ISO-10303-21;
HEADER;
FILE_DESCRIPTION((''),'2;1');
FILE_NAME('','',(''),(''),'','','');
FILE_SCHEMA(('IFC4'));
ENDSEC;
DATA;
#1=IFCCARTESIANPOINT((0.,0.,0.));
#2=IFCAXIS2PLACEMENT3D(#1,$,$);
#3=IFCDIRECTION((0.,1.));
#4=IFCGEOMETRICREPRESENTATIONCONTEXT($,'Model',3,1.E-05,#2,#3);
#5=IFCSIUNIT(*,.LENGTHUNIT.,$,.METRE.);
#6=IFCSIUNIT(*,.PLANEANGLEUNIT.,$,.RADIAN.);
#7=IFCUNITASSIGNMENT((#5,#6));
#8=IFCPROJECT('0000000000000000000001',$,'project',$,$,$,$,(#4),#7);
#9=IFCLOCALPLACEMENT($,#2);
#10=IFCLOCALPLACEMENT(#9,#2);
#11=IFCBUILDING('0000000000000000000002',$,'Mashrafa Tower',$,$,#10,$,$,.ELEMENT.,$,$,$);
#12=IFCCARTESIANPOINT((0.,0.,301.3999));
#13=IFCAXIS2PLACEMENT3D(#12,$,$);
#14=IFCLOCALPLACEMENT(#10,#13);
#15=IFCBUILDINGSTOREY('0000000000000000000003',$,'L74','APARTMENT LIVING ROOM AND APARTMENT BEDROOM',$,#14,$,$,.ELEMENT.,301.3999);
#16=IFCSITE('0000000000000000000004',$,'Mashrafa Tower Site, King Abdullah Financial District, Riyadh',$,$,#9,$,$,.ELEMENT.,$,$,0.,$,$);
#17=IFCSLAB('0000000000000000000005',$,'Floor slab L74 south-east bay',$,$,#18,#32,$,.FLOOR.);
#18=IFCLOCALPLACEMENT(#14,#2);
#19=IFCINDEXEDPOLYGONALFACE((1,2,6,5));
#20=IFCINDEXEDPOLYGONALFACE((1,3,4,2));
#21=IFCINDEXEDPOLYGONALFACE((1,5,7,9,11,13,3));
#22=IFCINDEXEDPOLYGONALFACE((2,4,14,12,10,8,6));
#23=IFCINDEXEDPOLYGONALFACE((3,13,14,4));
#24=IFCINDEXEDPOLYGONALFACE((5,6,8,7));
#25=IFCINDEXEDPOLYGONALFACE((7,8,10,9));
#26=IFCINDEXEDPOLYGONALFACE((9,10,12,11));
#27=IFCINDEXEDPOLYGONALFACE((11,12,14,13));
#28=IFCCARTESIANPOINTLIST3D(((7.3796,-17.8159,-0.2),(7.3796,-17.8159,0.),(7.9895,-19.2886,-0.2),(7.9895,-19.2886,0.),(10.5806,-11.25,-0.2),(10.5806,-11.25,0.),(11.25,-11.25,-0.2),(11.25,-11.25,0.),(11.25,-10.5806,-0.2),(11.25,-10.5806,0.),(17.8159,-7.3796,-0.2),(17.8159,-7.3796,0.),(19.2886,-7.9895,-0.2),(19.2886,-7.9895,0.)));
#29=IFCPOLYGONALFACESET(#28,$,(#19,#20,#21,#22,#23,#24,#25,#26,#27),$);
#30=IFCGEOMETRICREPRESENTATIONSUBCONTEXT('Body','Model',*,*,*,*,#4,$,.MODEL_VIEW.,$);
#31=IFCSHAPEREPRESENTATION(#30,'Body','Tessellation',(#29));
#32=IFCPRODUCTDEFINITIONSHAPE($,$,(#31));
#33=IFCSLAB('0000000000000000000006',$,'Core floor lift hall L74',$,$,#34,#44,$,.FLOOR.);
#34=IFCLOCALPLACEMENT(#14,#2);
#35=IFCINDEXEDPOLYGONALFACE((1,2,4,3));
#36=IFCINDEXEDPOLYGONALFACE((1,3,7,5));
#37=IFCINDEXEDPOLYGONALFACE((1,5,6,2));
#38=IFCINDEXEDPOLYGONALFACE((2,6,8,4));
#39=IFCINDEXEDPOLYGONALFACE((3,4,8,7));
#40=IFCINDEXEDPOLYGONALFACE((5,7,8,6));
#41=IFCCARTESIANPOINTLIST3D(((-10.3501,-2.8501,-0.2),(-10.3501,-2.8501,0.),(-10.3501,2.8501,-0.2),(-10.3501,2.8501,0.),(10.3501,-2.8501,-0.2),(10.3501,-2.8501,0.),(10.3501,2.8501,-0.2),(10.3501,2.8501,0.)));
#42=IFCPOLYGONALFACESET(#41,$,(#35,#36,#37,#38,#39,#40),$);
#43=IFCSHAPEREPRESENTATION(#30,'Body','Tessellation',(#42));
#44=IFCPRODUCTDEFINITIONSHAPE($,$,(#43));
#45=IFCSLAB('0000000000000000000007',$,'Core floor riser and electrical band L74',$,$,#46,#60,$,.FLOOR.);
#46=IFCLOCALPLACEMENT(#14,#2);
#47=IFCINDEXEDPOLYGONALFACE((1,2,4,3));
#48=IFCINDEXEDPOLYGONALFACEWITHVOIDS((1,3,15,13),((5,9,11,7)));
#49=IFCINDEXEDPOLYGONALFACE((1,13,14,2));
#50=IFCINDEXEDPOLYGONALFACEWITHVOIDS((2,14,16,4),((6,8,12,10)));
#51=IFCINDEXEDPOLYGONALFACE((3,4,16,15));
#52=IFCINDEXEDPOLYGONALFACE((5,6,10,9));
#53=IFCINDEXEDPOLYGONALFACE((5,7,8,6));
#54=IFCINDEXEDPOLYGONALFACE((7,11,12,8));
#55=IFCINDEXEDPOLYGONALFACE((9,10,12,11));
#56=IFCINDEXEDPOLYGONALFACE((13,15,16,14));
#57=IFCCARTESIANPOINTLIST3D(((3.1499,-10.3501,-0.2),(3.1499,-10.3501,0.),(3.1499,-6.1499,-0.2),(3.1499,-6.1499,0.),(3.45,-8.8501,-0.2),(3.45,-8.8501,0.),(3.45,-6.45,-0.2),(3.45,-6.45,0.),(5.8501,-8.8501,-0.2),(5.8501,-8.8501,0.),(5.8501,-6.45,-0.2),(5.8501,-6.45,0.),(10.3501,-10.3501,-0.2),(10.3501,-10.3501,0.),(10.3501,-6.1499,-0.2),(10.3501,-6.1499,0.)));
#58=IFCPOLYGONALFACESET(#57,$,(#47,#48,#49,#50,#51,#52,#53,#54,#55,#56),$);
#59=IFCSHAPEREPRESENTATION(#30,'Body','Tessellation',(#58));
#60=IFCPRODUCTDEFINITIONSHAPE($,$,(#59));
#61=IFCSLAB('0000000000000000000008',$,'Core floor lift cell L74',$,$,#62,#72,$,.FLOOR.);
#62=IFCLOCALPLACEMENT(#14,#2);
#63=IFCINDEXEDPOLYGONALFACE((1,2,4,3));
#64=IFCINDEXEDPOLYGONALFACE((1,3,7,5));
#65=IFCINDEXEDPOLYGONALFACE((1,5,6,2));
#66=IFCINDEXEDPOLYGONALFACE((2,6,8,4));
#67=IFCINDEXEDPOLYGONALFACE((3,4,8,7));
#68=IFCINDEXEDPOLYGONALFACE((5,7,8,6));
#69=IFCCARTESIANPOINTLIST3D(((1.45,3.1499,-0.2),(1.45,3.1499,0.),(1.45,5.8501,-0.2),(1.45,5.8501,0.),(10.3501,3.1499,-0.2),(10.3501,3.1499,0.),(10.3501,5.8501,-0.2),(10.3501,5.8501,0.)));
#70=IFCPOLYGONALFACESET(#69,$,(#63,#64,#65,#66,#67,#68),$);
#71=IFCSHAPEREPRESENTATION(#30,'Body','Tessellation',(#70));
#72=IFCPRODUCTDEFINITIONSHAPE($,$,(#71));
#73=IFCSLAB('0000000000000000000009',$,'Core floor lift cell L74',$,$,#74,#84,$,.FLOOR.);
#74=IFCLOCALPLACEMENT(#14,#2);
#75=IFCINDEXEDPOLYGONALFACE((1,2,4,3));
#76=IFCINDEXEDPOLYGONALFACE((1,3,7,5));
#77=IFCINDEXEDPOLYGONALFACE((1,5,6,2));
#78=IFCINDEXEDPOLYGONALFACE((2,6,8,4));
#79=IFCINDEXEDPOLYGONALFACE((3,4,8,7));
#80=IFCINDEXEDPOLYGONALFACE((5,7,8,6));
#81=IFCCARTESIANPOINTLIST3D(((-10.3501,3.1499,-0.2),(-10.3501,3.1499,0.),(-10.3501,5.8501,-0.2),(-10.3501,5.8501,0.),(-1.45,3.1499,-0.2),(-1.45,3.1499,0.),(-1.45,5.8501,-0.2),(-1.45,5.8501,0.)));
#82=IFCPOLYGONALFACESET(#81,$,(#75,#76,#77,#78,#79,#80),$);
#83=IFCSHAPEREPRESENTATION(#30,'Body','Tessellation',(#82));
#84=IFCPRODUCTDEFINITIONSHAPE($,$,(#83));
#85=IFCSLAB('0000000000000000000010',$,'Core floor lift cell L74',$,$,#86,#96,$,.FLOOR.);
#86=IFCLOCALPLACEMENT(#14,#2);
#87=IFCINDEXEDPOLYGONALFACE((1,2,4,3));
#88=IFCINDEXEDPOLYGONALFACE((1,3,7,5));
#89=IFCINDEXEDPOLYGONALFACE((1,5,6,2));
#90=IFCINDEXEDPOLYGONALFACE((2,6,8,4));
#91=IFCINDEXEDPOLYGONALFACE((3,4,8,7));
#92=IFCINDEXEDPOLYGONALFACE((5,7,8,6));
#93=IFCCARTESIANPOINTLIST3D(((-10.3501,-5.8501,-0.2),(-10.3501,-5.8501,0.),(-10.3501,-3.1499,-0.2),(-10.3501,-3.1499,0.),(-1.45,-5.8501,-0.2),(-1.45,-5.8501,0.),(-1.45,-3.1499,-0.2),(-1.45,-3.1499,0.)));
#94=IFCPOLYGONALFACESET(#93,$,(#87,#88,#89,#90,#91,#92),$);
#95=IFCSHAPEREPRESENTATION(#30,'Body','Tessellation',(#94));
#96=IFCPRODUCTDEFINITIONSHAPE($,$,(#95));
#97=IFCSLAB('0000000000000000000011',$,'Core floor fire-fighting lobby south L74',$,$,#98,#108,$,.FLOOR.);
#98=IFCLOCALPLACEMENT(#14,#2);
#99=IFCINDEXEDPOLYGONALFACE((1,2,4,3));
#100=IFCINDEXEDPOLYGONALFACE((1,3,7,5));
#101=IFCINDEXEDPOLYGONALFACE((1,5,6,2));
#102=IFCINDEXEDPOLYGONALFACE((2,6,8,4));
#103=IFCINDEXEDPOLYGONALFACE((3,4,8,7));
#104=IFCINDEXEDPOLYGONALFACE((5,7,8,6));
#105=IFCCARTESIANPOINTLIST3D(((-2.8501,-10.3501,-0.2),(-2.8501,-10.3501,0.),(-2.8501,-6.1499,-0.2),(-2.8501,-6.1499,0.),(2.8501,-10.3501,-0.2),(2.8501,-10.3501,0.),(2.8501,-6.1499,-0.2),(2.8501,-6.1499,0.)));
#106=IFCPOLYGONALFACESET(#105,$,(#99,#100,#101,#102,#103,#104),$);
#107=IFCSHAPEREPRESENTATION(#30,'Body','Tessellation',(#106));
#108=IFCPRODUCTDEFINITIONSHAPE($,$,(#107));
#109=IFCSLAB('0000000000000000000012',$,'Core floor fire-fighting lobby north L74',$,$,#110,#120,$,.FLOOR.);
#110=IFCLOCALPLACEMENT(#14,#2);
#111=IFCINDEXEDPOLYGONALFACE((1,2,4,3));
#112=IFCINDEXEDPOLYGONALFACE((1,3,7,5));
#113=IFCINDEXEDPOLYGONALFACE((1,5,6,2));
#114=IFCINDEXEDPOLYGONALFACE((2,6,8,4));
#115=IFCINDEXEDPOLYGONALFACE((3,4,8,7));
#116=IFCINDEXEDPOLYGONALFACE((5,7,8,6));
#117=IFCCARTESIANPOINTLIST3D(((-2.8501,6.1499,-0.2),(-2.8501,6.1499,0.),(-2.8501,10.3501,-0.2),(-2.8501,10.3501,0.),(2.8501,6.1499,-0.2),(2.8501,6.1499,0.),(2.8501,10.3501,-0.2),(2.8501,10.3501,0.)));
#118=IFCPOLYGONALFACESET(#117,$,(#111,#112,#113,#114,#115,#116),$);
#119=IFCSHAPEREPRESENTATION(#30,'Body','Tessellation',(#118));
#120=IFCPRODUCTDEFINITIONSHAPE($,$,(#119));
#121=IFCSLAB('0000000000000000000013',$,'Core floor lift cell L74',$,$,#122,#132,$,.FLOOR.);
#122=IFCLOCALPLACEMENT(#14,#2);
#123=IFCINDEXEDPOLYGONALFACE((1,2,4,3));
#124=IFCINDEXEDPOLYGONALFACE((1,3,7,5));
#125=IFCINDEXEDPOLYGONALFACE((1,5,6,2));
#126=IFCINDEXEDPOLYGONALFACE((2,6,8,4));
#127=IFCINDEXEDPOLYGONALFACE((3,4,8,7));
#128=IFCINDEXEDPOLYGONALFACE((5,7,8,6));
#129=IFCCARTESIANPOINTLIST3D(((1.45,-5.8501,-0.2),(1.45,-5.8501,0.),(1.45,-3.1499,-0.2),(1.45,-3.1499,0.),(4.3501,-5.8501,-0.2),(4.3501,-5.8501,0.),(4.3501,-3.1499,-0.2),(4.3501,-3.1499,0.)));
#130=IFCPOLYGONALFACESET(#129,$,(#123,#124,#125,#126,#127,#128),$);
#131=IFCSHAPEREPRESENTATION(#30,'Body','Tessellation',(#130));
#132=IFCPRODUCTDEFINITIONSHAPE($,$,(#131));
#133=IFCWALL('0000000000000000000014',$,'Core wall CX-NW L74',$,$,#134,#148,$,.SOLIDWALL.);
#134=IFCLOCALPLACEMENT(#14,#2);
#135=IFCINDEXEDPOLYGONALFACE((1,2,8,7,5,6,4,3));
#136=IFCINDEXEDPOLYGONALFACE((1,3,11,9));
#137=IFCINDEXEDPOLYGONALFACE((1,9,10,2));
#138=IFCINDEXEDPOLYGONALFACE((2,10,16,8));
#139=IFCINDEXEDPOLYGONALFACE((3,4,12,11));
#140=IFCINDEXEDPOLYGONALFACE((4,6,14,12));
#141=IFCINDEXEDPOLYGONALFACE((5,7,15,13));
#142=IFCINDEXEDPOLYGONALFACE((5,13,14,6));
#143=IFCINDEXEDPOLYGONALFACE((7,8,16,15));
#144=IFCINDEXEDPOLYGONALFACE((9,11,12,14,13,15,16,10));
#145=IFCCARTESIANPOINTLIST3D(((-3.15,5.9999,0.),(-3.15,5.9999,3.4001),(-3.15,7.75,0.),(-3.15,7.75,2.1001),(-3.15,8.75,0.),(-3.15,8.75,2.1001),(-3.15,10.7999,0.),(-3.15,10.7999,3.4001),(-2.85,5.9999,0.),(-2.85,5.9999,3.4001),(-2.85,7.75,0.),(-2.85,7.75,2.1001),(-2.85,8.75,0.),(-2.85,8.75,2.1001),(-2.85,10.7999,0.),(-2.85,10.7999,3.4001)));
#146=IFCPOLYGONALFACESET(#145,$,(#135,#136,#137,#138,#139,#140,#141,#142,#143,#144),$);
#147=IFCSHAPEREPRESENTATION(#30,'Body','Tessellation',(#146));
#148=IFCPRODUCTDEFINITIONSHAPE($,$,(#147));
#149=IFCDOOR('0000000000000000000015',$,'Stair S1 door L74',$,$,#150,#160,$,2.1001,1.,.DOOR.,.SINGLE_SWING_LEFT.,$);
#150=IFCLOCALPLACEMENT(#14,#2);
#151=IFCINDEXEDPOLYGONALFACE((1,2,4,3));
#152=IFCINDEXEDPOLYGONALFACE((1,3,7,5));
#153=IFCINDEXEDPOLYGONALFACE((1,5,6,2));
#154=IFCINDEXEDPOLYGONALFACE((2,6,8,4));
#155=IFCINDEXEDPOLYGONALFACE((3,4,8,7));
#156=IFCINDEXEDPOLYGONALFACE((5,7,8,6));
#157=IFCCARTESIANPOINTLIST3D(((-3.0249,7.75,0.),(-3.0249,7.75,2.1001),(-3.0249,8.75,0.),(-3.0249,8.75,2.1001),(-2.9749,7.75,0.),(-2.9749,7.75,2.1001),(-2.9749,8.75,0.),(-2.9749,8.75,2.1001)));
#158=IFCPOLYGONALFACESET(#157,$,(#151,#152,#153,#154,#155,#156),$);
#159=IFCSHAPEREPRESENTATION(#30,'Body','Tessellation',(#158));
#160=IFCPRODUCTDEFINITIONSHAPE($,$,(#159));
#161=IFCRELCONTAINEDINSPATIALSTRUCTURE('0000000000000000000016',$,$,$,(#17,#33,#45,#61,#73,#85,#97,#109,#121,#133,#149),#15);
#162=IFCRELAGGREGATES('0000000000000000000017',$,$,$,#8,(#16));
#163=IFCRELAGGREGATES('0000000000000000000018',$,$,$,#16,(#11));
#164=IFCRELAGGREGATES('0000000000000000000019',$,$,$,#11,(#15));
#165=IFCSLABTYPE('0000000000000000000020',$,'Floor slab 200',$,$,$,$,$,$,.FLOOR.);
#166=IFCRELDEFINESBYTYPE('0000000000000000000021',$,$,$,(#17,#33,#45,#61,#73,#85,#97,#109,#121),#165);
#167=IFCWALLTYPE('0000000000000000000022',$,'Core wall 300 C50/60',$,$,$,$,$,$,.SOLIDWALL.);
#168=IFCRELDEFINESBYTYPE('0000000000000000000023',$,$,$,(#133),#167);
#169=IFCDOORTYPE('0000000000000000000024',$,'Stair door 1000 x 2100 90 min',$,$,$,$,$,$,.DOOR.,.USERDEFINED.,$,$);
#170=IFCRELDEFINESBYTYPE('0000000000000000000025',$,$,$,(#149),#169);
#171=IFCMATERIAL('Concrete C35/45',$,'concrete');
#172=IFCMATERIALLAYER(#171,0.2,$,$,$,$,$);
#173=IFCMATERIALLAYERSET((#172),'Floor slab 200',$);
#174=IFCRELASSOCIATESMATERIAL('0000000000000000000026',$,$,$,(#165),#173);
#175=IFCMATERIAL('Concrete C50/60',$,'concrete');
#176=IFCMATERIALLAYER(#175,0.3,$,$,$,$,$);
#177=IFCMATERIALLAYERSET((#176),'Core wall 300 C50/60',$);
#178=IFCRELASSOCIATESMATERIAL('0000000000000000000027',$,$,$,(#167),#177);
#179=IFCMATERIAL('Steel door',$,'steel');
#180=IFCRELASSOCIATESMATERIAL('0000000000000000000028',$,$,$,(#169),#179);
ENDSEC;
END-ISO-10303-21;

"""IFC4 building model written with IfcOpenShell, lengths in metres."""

from ifc_helpers import new_model, si_unit, direction, frame, frame_2d, origin, place, context, subcontext, project, spatial, polyline, rectangle, outline, extrude, material, layer, layer_set, type_object, element, fill, save


model = new_model("IFC4")

# Units and contexts
model_context = context("Model", 3, precision=1e-05, world=origin(), true_north=direction((0.0, 1.0)))
body_context = subcontext(model_context, "Body", "Model", "MODEL_VIEW")
ifc_project = project(units=[si_unit("LENGTHUNIT", "METRE"), si_unit("PLANEANGLEUNIT", "RADIAN")], contexts=[model_context])

# Site, building, storey
site_placement = place(None, origin())
site = spatial("IfcSite", under=ifc_project, at=site_placement, Name="Mashrafa Tower Site, King Abdullah Financial District, Riyadh", CompositionType="ELEMENT", RefElevation=0.0)
building_placement = place(site_placement, origin())
building = spatial("IfcBuilding", under=site, at=building_placement, Name="Mashrafa Tower", CompositionType="ELEMENT")
storey_placement = place(building_placement, frame((0.0, 0.0, 301.3999)))
storey = spatial("IfcBuildingStorey", under=building, at=storey_placement, Name="L74", Description="APARTMENT LIVING ROOM AND APARTMENT BEDROOM", CompositionType="ELEMENT", Elevation=301.3999)

# Slabs
ifc_material_1 = material(Name="Concrete C35/45", Category="concrete")
ifc_layer_1 = layer(ifc_material_1, 0.2)
ifc_layer_set_1 = layer_set([ifc_layer_1], Name="Floor slab 200")
slab_type = type_object("IfcSlabType", Name="Floor slab 200", PredefinedType="FLOOR", material=ifc_layer_set_1)
slab_1_placement = place(storey_placement, frame((0.0, 0.0, -0.2)))
element("IfcSlab", 1, at=slab_1_placement, inside=storey, type_object=slab_type, Name="Floor slab L74 south-east bay", PredefinedType="FLOOR", context=body_context, shape_type="SweptSolid", body=[
    extrude(outline(polyline([(7.9895, -19.2886), (7.3796, -17.8159), (10.5806, -11.25), (11.25, -11.25), (11.25, -10.5806), (17.8159, -7.3796), (19.2886, -7.9895), (19.2886, -7.9895), (7.9895, -19.2886), (7.9895, -19.2886)])), origin(), (0.0, 0.0, 1.0), 0.2),
])
slab_2_placement = place(storey_placement, frame((0.0, 0.0, -0.2)))
element("IfcSlab", 2, at=slab_2_placement, inside=storey, type_object=slab_type, Name="Core floor lift hall L74", PredefinedType="FLOOR", context=body_context, shape_type="SweptSolid", body=[
    extrude(outline(polyline([(-10.3501, 2.8501), (10.3501, 2.8501), (10.3501, -2.8501), (-10.3501, -2.8501), (-10.3501, 2.8501)])), origin(), (0.0, 0.0, 1.0), 0.2),
])
slab_3_placement = place(storey_placement, frame((0.0, 0.0, -0.2)))
element("IfcSlab", 3, at=slab_3_placement, inside=storey, type_object=slab_type, Name="Core floor riser and electrical band L74", PredefinedType="FLOOR", context=body_context, shape_type="SweptSolid", body=[
    extrude(outline(polyline([(10.3501, -6.1499), (10.3501, -10.3501), (3.1499, -10.3501), (3.1499, -6.1499), (10.3501, -6.1499)]), holes=[polyline([(3.45, -8.8501), (5.8501, -8.8501), (5.8501, -6.45), (3.45, -6.45), (3.45, -8.8501)])]), origin(), (0.0, 0.0, 1.0), 0.2),
])
slab_4_placement = place(storey_placement, frame((0.0, 0.0, -0.2)))
element("IfcSlab", 4, at=slab_4_placement, inside=storey, type_object=slab_type, Name="Core floor lift cell L74", PredefinedType="FLOOR", context=body_context, shape_type="SweptSolid", body=[
    extrude(outline(polyline([(10.3501, 5.8501), (10.3501, 3.1499), (1.45, 3.1499), (1.45, 5.8501), (10.3501, 5.8501)])), origin(), (0.0, 0.0, 1.0), 0.2),
])
slab_5_placement = place(storey_placement, frame((0.0, 0.0, -0.2)))
element("IfcSlab", 5, at=slab_5_placement, inside=storey, type_object=slab_type, Name="Core floor lift cell L74", PredefinedType="FLOOR", context=body_context, shape_type="SweptSolid", body=[
    extrude(outline(polyline([(-1.45, 3.1499), (-10.3501, 3.1499), (-10.3501, 5.8501), (-1.45, 5.8501), (-1.45, 3.1499)])), origin(), (0.0, 0.0, 1.0), 0.2),
])
slab_6_placement = place(storey_placement, frame((0.0, 0.0, -0.2)))
element("IfcSlab", 6, at=slab_6_placement, inside=storey, type_object=slab_type, Name="Core floor lift cell L74", PredefinedType="FLOOR", context=body_context, shape_type="SweptSolid", body=[
    extrude(outline(polyline([(-1.45, -3.1499), (-1.45, -5.8501), (-10.3501, -5.8501), (-10.3501, -3.1499), (-1.45, -3.1499)])), origin(), (0.0, 0.0, 1.0), 0.2),
])
slab_7_placement = place(storey_placement, frame((0.0, 0.0, -0.2)))
element("IfcSlab", 7, at=slab_7_placement, inside=storey, type_object=slab_type, Name="Core floor fire-fighting lobby south L74", PredefinedType="FLOOR", context=body_context, shape_type="SweptSolid", body=[
    extrude(outline(polyline([(2.8501, -6.1499), (2.8501, -10.3501), (-2.8501, -10.3501), (-2.8501, -6.1499), (2.8501, -6.1499)])), origin(), (0.0, 0.0, 1.0), 0.2),
])
slab_8_placement = place(storey_placement, frame((0.0, 0.0, -0.2)))
element("IfcSlab", 8, at=slab_8_placement, inside=storey, type_object=slab_type, Name="Core floor fire-fighting lobby north L74", PredefinedType="FLOOR", context=body_context, shape_type="SweptSolid", body=[
    extrude(outline(polyline([(-2.8501, 10.3501), (2.8501, 10.3501), (2.8501, 6.1499), (-2.8501, 6.1499), (-2.8501, 10.3501)])), origin(), (0.0, 0.0, 1.0), 0.2),
])
slab_9_placement = place(storey_placement, frame((0.0, 0.0, -0.2)))
element("IfcSlab", 9, at=slab_9_placement, inside=storey, type_object=slab_type, Name="Core floor lift cell L74", PredefinedType="FLOOR", context=body_context, shape_type="SweptSolid", body=[
    extrude(outline(polyline([(4.3501, -3.1499), (4.3501, -5.8501), (1.45, -5.8501), (1.45, -3.1499), (4.3501, -3.1499)])), origin(), (0.0, 0.0, 1.0), 0.2),
])

# Wall, opening, door
ifc_material_2 = material(Name="Concrete C50/60", Category="concrete")
ifc_layer_2 = layer(ifc_material_2, 0.3)
ifc_layer_set_2 = layer_set([ifc_layer_2], Name="Core wall 300 C50/60")
wall_type_1 = type_object("IfcWallType", Name="Core wall 300 C50/60", PredefinedType="SOLIDWALL", material=ifc_layer_set_2)
wall_1_placement = place(storey_placement, frame((-3.0, 6.0, 0.0), z_axis=(0.0, 0.0, 1.0), x_axis=(0.0, 1.0, 0.0)))
wall_1 = element("IfcWall", 10, at=wall_1_placement, inside=storey, type_object=wall_type_1, Name="Core wall CX-NW L74", PredefinedType="SOLIDWALL", context=body_context, shape_type="SweptSolid", body=[
    extrude(rectangle(XDim=4.8, YDim=0.3, at=frame_2d((2.3999, 0.0))), origin(), (0.0, 0.0, 1.0), 3.4001),
])
opening_1_placement = place(wall_1_placement, frame((1.75, 0.0, 0.0)))
opening_1 = element("IfcOpeningElement", 11, at=opening_1_placement, cuts=wall_1, PredefinedType="OPENING", context=body_context, shape_type="SweptSolid", body=[
    extrude(rectangle(XDim=1.0, YDim=2.1001, at=frame_2d((0.5, 1.05))), frame((0.0, 0.1599, 0.0), z_axis=(0.0, -1.0, 0.0), x_axis=(1.0, 0.0, 0.0)), (0.0, 0.0, 1.0), 0.3201),
])
ifc_material_3 = material(Name="Steel door", Category="steel")
door_type_1 = type_object("IfcDoorType", Name="Stair door 1000 x 2100 90 min", OperationType="USERDEFINED", PredefinedType="DOOR", material=ifc_material_3)
door_1_placement = place(opening_1_placement, origin())
door_1 = element("IfcDoor", 12, at=door_1_placement, inside=storey, type_object=door_type_1, Name="Stair S1 door L74", OperationType="SINGLE_SWING_LEFT", OverallHeight=2.1001, OverallWidth=1.0, PredefinedType="DOOR", context=body_context, shape_type="SweptSolid", body=[
    extrude(rectangle(XDim=1.0, YDim=2.1001, at=frame_2d((0.5, 1.05))), frame((0.0, 0.0249, 0.0), z_axis=(0.0, -1.0, 0.0), x_axis=(1.0, 0.0, 0.0)), (0.0, 0.0, 1.0), 0.05),
])
fill(opening_1, door_1)

save(model, "model.ifc")
